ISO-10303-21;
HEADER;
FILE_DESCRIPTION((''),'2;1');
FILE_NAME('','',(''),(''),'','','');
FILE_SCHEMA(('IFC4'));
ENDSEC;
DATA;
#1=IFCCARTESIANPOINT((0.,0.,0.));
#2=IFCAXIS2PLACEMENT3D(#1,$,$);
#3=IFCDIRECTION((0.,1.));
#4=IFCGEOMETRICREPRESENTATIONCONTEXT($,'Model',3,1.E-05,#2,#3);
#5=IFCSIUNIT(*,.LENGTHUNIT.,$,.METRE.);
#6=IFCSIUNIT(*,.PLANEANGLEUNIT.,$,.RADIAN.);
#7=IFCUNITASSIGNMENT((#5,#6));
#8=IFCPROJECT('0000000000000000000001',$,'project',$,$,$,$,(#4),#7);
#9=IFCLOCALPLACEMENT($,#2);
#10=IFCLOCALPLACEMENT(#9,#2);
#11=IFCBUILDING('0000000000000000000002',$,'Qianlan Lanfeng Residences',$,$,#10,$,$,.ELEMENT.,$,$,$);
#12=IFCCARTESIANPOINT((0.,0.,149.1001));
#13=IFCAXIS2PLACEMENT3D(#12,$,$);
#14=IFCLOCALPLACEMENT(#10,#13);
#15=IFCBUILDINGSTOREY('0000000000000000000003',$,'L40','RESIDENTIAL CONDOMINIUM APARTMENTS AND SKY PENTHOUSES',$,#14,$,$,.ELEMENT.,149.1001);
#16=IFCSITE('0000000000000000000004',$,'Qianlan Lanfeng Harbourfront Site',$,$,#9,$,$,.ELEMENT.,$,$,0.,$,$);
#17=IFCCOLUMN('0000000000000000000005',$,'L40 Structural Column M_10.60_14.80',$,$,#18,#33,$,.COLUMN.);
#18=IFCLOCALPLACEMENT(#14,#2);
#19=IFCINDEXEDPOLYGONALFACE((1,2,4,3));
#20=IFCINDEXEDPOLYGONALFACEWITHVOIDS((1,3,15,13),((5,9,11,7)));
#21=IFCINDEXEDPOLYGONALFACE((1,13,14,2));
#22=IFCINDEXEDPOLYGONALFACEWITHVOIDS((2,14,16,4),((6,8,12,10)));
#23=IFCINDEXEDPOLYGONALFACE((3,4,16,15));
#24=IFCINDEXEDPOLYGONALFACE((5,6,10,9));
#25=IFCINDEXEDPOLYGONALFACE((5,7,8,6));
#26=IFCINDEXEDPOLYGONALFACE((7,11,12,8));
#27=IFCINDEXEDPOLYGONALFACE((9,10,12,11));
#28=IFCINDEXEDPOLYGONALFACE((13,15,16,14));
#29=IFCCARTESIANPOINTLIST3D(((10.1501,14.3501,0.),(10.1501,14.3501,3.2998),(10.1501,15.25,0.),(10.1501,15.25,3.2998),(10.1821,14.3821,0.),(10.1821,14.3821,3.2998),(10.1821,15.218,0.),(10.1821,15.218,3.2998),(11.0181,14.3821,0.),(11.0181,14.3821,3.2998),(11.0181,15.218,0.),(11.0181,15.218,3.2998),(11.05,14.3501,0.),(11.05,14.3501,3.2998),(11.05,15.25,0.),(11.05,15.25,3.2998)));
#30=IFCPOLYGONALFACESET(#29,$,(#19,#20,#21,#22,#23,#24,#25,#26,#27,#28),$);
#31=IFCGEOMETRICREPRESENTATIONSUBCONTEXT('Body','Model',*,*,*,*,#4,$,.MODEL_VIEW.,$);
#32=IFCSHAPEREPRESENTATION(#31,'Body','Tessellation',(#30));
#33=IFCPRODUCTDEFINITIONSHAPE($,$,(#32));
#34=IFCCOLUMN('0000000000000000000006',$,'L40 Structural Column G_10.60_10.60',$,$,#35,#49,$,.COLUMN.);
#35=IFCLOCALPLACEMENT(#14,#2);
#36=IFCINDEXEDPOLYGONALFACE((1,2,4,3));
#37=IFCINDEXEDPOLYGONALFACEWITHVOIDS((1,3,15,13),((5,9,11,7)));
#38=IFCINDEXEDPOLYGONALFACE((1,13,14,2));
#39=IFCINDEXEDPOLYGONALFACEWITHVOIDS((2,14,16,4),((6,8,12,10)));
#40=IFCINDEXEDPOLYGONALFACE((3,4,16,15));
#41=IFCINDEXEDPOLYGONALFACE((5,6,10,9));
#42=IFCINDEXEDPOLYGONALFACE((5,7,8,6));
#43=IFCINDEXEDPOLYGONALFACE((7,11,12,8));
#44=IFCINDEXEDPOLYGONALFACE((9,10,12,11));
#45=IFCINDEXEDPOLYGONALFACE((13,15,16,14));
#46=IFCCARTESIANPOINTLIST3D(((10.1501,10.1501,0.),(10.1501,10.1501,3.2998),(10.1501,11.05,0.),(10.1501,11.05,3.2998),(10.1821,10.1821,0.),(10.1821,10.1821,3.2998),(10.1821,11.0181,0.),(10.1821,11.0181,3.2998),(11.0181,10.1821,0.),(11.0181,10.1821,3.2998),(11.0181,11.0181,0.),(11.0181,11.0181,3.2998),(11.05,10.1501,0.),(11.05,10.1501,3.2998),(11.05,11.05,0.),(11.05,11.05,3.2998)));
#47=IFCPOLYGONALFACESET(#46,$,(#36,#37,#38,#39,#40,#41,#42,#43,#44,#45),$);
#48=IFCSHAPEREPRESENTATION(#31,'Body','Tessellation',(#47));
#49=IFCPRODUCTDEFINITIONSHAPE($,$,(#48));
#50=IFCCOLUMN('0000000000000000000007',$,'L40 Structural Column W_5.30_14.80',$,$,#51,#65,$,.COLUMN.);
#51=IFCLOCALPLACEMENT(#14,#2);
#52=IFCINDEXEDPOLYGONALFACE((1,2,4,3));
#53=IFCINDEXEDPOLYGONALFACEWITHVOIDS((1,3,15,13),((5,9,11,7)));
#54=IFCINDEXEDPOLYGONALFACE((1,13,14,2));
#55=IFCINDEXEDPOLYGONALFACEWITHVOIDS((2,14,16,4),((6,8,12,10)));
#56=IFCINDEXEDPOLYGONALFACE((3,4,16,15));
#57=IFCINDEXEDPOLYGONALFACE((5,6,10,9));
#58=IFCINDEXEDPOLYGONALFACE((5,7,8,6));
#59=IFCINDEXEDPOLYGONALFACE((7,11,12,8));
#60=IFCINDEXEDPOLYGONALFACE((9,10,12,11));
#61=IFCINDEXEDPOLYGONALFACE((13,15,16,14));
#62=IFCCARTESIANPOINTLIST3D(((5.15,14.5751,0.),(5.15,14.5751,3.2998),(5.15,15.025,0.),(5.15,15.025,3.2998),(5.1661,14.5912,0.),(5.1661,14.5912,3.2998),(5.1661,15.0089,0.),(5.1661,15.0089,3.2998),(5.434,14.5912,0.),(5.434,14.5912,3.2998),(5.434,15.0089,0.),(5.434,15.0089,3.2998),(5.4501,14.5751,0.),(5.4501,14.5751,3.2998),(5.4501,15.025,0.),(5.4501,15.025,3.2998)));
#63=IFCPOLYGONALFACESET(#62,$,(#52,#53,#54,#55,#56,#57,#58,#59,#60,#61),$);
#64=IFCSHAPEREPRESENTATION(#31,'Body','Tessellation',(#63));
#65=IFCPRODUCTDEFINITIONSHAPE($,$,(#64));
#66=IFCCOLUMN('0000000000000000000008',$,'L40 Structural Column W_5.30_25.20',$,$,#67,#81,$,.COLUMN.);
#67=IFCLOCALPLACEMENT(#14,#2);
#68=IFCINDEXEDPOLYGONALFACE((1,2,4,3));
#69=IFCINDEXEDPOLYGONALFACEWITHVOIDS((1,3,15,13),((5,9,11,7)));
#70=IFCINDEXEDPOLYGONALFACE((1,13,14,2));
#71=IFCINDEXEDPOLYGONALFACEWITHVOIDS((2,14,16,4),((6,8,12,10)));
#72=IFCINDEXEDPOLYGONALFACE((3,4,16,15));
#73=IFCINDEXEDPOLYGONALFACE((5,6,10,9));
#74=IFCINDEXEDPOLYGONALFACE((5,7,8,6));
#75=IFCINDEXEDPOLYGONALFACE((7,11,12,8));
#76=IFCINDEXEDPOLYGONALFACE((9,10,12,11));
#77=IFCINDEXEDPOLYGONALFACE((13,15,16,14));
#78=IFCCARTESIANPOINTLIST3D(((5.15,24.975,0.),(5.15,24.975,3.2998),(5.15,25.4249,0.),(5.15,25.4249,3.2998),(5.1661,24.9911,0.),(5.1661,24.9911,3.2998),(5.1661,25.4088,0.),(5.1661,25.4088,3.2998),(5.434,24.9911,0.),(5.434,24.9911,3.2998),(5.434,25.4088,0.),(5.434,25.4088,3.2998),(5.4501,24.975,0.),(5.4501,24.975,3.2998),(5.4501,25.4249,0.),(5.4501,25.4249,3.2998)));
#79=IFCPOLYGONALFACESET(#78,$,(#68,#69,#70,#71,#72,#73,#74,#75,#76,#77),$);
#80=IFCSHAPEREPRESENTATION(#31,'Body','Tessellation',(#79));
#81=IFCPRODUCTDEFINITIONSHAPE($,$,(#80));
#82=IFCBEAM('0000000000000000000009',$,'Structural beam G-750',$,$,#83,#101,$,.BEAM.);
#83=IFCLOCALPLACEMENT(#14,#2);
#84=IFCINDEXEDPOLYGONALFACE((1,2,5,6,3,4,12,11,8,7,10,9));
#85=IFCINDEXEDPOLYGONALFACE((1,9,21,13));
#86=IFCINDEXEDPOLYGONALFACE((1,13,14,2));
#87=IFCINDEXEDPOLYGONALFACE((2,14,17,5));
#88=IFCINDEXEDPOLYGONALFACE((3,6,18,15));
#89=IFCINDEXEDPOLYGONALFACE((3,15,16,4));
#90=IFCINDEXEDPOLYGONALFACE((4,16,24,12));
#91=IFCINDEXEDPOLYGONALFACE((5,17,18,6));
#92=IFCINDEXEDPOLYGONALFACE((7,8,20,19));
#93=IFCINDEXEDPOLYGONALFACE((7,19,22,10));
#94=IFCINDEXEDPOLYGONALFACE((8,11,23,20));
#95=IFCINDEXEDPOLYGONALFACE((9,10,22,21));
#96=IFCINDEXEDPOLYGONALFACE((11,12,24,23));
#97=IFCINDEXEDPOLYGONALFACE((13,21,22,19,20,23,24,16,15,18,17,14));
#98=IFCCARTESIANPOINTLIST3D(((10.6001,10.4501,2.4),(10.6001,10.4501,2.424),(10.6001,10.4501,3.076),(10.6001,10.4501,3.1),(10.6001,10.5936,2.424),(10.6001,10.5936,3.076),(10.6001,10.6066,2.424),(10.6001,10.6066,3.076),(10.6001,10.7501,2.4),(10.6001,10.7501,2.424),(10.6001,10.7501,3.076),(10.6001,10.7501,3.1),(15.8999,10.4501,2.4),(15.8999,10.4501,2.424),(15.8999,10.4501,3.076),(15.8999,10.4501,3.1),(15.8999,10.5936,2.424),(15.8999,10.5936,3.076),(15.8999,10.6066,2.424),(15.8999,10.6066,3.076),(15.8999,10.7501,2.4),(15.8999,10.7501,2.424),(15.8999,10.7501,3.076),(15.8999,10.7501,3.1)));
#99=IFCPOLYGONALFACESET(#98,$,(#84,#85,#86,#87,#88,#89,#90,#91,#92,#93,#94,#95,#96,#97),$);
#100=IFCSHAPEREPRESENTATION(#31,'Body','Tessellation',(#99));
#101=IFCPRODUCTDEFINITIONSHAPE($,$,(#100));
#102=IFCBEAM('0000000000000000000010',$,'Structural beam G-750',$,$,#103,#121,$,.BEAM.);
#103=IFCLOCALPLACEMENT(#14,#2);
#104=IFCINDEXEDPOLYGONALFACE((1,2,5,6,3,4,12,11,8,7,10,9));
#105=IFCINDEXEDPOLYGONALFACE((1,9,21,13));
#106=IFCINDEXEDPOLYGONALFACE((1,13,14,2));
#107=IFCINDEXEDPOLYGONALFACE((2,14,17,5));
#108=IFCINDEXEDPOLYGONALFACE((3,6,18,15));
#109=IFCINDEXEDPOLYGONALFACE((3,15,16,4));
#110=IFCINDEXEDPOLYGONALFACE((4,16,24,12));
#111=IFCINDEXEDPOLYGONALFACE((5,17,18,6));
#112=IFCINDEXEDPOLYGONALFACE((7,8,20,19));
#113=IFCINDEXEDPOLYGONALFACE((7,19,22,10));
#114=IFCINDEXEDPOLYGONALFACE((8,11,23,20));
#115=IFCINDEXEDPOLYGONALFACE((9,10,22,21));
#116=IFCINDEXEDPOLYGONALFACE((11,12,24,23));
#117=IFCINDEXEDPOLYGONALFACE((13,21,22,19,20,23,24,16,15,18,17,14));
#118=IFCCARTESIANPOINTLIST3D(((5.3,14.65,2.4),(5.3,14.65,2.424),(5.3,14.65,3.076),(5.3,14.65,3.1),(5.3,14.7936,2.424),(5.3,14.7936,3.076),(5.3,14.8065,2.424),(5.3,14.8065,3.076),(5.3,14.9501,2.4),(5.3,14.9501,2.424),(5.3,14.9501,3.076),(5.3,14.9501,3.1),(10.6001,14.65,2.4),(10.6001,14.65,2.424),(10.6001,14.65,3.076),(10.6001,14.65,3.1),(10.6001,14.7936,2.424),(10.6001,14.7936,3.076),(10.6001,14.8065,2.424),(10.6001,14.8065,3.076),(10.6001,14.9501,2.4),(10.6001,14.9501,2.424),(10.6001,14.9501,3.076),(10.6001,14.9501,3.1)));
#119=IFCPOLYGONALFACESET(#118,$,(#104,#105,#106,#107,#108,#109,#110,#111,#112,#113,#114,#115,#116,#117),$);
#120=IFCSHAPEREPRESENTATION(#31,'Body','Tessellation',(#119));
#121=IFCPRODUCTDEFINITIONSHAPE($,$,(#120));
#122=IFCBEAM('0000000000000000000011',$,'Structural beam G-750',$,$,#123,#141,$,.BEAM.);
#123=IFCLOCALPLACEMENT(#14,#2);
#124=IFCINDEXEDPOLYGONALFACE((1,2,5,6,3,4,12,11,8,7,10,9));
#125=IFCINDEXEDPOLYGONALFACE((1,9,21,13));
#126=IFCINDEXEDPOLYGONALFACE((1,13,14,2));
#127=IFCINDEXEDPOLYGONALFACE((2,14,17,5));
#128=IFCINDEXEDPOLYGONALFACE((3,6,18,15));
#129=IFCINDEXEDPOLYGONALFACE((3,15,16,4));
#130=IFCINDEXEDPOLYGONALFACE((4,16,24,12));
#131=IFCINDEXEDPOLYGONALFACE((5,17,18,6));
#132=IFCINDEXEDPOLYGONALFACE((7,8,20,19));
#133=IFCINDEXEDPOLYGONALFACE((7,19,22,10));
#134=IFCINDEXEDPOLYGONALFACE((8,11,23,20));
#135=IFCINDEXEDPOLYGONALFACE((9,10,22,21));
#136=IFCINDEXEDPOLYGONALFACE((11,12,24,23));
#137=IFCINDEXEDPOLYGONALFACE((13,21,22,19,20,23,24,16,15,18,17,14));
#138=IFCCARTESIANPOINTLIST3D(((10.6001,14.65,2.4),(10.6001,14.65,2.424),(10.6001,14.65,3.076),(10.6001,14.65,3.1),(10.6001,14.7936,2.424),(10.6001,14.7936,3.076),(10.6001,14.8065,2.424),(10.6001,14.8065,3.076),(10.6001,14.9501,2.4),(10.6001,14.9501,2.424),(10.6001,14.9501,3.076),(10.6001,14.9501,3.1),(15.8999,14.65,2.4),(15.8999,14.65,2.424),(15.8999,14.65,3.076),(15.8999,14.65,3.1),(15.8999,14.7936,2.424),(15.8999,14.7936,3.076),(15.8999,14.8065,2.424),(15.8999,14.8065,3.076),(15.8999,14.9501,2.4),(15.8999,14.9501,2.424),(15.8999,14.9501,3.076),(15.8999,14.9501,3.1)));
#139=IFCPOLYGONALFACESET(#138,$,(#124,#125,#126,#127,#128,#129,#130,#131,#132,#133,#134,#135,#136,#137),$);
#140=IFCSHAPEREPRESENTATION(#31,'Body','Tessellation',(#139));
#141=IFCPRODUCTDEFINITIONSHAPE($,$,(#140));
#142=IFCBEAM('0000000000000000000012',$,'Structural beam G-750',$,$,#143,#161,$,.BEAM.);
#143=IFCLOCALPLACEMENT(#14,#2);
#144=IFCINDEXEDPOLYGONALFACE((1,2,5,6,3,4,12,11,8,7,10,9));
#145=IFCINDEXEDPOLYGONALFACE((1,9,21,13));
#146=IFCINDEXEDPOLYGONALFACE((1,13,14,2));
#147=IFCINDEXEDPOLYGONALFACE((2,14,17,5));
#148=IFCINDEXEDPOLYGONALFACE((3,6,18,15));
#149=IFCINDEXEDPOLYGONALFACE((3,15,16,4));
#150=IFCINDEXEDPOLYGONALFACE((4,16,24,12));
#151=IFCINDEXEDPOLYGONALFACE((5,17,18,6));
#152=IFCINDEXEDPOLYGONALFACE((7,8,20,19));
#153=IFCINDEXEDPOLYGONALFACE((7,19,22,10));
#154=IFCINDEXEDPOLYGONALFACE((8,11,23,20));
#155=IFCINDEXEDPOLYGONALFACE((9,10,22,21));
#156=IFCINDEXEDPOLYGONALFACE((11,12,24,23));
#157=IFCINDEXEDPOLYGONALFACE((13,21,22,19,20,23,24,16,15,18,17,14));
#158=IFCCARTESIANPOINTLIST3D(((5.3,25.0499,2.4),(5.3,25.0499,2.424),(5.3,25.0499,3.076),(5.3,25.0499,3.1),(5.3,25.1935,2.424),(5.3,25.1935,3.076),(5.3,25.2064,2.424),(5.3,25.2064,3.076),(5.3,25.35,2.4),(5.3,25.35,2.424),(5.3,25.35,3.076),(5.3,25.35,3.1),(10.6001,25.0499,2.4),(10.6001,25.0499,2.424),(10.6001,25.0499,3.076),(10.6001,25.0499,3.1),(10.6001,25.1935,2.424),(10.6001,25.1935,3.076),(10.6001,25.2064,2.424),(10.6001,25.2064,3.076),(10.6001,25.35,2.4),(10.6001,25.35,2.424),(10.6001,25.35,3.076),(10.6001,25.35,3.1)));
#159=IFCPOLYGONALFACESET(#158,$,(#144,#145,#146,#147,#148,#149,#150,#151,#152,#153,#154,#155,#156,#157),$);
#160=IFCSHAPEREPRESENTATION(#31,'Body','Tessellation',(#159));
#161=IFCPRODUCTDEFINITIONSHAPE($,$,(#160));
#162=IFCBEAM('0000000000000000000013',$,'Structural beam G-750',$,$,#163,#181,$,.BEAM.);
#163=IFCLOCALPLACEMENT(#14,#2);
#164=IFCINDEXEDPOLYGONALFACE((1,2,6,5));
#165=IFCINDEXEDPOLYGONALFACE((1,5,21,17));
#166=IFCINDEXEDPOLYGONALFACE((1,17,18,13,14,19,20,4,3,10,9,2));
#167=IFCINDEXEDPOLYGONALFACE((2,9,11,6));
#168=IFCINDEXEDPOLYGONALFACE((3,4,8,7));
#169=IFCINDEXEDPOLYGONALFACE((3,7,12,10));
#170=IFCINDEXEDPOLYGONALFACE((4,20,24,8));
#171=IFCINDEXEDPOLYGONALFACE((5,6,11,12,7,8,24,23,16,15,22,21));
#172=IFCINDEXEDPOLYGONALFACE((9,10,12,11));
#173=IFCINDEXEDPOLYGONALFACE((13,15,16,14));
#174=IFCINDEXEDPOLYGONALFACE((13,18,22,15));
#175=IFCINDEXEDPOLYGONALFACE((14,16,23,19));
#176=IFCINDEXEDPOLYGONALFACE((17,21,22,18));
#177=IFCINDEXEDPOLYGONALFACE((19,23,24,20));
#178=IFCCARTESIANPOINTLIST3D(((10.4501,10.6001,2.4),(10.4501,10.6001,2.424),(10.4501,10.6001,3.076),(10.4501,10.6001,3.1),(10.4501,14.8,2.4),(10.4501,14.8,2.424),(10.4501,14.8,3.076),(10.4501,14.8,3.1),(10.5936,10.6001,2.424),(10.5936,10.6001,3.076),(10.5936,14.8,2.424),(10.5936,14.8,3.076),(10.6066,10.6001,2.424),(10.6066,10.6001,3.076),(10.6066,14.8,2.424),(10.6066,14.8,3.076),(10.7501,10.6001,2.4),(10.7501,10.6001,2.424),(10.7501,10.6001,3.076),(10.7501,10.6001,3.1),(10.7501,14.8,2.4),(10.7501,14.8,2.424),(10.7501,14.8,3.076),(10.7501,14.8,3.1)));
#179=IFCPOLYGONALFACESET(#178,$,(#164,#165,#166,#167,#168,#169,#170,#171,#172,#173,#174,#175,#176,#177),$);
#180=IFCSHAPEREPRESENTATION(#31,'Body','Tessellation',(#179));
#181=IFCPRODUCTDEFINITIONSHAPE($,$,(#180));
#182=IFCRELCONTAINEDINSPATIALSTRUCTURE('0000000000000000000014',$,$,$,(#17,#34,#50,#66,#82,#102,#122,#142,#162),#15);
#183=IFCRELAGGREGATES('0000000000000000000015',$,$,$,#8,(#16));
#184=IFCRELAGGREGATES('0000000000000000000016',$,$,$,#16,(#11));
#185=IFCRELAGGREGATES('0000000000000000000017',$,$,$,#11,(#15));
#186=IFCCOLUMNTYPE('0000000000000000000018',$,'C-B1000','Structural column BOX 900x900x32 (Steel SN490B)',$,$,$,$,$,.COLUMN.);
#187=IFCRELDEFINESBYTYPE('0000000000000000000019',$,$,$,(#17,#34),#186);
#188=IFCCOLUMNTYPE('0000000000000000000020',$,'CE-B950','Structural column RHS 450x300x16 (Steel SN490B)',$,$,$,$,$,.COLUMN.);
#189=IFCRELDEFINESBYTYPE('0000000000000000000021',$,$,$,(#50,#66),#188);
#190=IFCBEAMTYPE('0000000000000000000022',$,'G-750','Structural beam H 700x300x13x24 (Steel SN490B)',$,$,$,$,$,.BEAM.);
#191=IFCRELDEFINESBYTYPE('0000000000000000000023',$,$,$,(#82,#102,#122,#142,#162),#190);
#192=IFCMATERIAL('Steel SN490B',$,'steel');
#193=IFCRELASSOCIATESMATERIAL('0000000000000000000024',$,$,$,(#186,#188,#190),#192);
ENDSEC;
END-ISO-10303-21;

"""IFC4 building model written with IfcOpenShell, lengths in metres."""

from ifc_helpers import new_model, si_unit, direction, frame, origin, origin_2d, place, context, subcontext, project, spatial, hollow_rectangle, i_section, extrude, material, material_profile, profile_set, type_object, element, save


model = new_model("IFC4")

# Units and contexts
model_context = context("Model", 3, precision=1e-05, world=origin(), true_north=direction((0.0, 1.0)))
body_context = subcontext(model_context, "Body", "Model", "MODEL_VIEW")
ifc_project = project(units=[si_unit("LENGTHUNIT", "METRE"), si_unit("PLANEANGLEUNIT", "RADIAN")], contexts=[model_context])

# Site, building, storey
site_placement = place(None, origin())
site = spatial("IfcSite", under=ifc_project, at=site_placement, Name="Qianlan Lanfeng Harbourfront Site", CompositionType="ELEMENT", RefElevation=0.0)
building_placement = place(site_placement, origin())
building = spatial("IfcBuilding", under=site, at=building_placement, Name="Qianlan Lanfeng Residences", CompositionType="ELEMENT")
storey_placement = place(building_placement, frame((0.0, 0.0, 149.1001)))
storey = spatial("IfcBuildingStorey", under=building, at=storey_placement, Name="L40", Description="RESIDENTIAL CONDOMINIUM APARTMENTS AND SKY PENTHOUSES", CompositionType="ELEMENT", Elevation=149.1001)

# Columns
ifc_material_1 = material(Name="Steel SN490B", Category="steel")
ifc_material_profile_1 = material_profile(ifc_material_1, hollow_rectangle(XDim=0.8999, YDim=0.8999, WallThickness=0.032, at=origin_2d()), Name="BOX 900x900x32")
ifc_profile_set_1 = profile_set([ifc_material_profile_1], Name="Steel SN490B")
column_type_1 = type_object("IfcColumnType", Name="C-B1000", Description="Structural column BOX 900x900x32 (Steel SN490B)", PredefinedType="COLUMN", material=ifc_profile_set_1)
for number, where, z_axis, x_axis, name in (
    (1, (10.6001, 14.8, 0.0), (0.0, 0.0, 1.0), (1.0, 0.0, 0.0), "L40 Structural Column M_10.60_14.80"),
    (2, (10.6001, 10.6001, 0.0), (0.0, 0.0, 1.0), (1.0, 0.0, 0.0), "L40 Structural Column G_10.60_10.60"),
):
    element("IfcColumn", number, at=place(storey_placement, frame(where, z_axis=z_axis, x_axis=x_axis)), inside=storey, type_object=column_type_1, Name=name, PredefinedType="COLUMN", context=body_context, shape_type="SweptSolid", body=[
        extrude(hollow_rectangle(XDim=0.8999, YDim=0.8999, WallThickness=0.032, at=origin_2d()), origin(), (0.0, 0.0, 1.0), 3.2998),
    ])
ifc_material_profile_2 = material_profile(ifc_material_1, hollow_rectangle(XDim=0.3, YDim=0.45, WallThickness=0.0161, at=origin_2d()), Name="RHS 450x300x16")
ifc_profile_set_2 = profile_set([ifc_material_profile_2], Name="Steel SN490B")
column_type_2 = type_object("IfcColumnType", Name="CE-B950", Description="Structural column RHS 450x300x16 (Steel SN490B)", PredefinedType="COLUMN", material=ifc_profile_set_2)
for number, where, z_axis, x_axis, name in (
    (3, (5.3, 14.8, 0.0), (0.0, 0.0, 1.0), (1.0, 0.0, 0.0), "L40 Structural Column W_5.30_14.80"),
    (4, (5.3, 25.2, 0.0), (0.0, 0.0, 1.0), (1.0, 0.0, 0.0), "L40 Structural Column W_5.30_25.20"),
):
    element("IfcColumn", number, at=place(storey_placement, frame(where, z_axis=z_axis, x_axis=x_axis)), inside=storey, type_object=column_type_2, Name=name, PredefinedType="COLUMN", context=body_context, shape_type="SweptSolid", body=[
        extrude(hollow_rectangle(XDim=0.3, YDim=0.45, WallThickness=0.0161, at=origin_2d()), origin(), (0.0, 0.0, 1.0), 3.2998),
    ])

# Beams
ifc_material_profile_3 = material_profile(ifc_material_1, i_section(OverallWidth=0.3, OverallDepth=0.7, WebThickness=0.0129, FlangeThickness=0.0239, at=origin_2d()), Name="H 700x300x13x24")
ifc_profile_set_3 = profile_set([ifc_material_profile_3], Name="Steel SN490B")
beam_type_1 = type_object("IfcBeamType", Name="G-750", Description="Structural beam H 700x300x13x24 (Steel SN490B)", PredefinedType="BEAM", material=ifc_profile_set_3)
beam_1_placement = place(storey_placement, frame((10.6001, 10.6001, 2.75), z_axis=(1.0, 0.0, 0.0), x_axis=(0.0, 1.0, 0.0)))
element("IfcBeam", 5, at=beam_1_placement, inside=storey, type_object=beam_type_1, Name="Structural beam G-750", PredefinedType="BEAM", context=body_context, shape_type="SweptSolid", body=[
    extrude(i_section(OverallWidth=0.3, OverallDepth=0.7, WebThickness=0.0129, FlangeThickness=0.0239, at=origin_2d()), origin(), (0.0, 0.0, 1.0), 5.2998),
])
beam_2_placement = place(storey_placement, frame((5.3, 14.8, 2.75), z_axis=(1.0, 0.0, 0.0), x_axis=(0.0, 1.0, 0.0)))
element("IfcBeam", 6, at=beam_2_placement, inside=storey, type_object=beam_type_1, Name="Structural beam G-750", PredefinedType="BEAM", context=body_context, shape_type="SweptSolid", body=[
    extrude(i_section(OverallWidth=0.3, OverallDepth=0.7, WebThickness=0.0129, FlangeThickness=0.0239, at=origin_2d()), origin(), (0.0, 0.0, 1.0), 5.3),
])
beam_3_placement = place(storey_placement, frame((10.6001, 14.8, 2.75), z_axis=(1.0, 0.0, 0.0), x_axis=(0.0, 1.0, 0.0)))
element("IfcBeam", 7, at=beam_3_placement, inside=storey, type_object=beam_type_1, Name="Structural beam G-750", PredefinedType="BEAM", context=body_context, shape_type="SweptSolid", body=[
    extrude(i_section(OverallWidth=0.3, OverallDepth=0.7, WebThickness=0.0129, FlangeThickness=0.0239, at=origin_2d()), origin(), (0.0, 0.0, 1.0), 5.2998),
])
beam_4_placement = place(storey_placement, frame((5.3, 25.2, 2.75), z_axis=(1.0, 0.0, 0.0), x_axis=(0.0, 1.0, 0.0)))
element("IfcBeam", 8, at=beam_4_placement, inside=storey, type_object=beam_type_1, Name="Structural beam G-750", PredefinedType="BEAM", context=body_context, shape_type="SweptSolid", body=[
    extrude(i_section(OverallWidth=0.3, OverallDepth=0.7, WebThickness=0.0129, FlangeThickness=0.0239, at=origin_2d()), origin(), (0.0, 0.0, 1.0), 5.3),
])
beam_5_placement = place(storey_placement, frame((10.6001, 10.6001, 2.75), z_axis=(0.0, 1.0, 0.0), x_axis=(-1.0, 0.0, 0.0)))
element("IfcBeam", 9, at=beam_5_placement, inside=storey, type_object=beam_type_1, Name="Structural beam G-750", PredefinedType="BEAM", context=body_context, shape_type="SweptSolid", body=[
    extrude(i_section(OverallWidth=0.3, OverallDepth=0.7, WebThickness=0.0129, FlangeThickness=0.0239, at=origin_2d()), origin(), (0.0, 0.0, 1.0), 4.2),
])

save(model, "model.ifc")
